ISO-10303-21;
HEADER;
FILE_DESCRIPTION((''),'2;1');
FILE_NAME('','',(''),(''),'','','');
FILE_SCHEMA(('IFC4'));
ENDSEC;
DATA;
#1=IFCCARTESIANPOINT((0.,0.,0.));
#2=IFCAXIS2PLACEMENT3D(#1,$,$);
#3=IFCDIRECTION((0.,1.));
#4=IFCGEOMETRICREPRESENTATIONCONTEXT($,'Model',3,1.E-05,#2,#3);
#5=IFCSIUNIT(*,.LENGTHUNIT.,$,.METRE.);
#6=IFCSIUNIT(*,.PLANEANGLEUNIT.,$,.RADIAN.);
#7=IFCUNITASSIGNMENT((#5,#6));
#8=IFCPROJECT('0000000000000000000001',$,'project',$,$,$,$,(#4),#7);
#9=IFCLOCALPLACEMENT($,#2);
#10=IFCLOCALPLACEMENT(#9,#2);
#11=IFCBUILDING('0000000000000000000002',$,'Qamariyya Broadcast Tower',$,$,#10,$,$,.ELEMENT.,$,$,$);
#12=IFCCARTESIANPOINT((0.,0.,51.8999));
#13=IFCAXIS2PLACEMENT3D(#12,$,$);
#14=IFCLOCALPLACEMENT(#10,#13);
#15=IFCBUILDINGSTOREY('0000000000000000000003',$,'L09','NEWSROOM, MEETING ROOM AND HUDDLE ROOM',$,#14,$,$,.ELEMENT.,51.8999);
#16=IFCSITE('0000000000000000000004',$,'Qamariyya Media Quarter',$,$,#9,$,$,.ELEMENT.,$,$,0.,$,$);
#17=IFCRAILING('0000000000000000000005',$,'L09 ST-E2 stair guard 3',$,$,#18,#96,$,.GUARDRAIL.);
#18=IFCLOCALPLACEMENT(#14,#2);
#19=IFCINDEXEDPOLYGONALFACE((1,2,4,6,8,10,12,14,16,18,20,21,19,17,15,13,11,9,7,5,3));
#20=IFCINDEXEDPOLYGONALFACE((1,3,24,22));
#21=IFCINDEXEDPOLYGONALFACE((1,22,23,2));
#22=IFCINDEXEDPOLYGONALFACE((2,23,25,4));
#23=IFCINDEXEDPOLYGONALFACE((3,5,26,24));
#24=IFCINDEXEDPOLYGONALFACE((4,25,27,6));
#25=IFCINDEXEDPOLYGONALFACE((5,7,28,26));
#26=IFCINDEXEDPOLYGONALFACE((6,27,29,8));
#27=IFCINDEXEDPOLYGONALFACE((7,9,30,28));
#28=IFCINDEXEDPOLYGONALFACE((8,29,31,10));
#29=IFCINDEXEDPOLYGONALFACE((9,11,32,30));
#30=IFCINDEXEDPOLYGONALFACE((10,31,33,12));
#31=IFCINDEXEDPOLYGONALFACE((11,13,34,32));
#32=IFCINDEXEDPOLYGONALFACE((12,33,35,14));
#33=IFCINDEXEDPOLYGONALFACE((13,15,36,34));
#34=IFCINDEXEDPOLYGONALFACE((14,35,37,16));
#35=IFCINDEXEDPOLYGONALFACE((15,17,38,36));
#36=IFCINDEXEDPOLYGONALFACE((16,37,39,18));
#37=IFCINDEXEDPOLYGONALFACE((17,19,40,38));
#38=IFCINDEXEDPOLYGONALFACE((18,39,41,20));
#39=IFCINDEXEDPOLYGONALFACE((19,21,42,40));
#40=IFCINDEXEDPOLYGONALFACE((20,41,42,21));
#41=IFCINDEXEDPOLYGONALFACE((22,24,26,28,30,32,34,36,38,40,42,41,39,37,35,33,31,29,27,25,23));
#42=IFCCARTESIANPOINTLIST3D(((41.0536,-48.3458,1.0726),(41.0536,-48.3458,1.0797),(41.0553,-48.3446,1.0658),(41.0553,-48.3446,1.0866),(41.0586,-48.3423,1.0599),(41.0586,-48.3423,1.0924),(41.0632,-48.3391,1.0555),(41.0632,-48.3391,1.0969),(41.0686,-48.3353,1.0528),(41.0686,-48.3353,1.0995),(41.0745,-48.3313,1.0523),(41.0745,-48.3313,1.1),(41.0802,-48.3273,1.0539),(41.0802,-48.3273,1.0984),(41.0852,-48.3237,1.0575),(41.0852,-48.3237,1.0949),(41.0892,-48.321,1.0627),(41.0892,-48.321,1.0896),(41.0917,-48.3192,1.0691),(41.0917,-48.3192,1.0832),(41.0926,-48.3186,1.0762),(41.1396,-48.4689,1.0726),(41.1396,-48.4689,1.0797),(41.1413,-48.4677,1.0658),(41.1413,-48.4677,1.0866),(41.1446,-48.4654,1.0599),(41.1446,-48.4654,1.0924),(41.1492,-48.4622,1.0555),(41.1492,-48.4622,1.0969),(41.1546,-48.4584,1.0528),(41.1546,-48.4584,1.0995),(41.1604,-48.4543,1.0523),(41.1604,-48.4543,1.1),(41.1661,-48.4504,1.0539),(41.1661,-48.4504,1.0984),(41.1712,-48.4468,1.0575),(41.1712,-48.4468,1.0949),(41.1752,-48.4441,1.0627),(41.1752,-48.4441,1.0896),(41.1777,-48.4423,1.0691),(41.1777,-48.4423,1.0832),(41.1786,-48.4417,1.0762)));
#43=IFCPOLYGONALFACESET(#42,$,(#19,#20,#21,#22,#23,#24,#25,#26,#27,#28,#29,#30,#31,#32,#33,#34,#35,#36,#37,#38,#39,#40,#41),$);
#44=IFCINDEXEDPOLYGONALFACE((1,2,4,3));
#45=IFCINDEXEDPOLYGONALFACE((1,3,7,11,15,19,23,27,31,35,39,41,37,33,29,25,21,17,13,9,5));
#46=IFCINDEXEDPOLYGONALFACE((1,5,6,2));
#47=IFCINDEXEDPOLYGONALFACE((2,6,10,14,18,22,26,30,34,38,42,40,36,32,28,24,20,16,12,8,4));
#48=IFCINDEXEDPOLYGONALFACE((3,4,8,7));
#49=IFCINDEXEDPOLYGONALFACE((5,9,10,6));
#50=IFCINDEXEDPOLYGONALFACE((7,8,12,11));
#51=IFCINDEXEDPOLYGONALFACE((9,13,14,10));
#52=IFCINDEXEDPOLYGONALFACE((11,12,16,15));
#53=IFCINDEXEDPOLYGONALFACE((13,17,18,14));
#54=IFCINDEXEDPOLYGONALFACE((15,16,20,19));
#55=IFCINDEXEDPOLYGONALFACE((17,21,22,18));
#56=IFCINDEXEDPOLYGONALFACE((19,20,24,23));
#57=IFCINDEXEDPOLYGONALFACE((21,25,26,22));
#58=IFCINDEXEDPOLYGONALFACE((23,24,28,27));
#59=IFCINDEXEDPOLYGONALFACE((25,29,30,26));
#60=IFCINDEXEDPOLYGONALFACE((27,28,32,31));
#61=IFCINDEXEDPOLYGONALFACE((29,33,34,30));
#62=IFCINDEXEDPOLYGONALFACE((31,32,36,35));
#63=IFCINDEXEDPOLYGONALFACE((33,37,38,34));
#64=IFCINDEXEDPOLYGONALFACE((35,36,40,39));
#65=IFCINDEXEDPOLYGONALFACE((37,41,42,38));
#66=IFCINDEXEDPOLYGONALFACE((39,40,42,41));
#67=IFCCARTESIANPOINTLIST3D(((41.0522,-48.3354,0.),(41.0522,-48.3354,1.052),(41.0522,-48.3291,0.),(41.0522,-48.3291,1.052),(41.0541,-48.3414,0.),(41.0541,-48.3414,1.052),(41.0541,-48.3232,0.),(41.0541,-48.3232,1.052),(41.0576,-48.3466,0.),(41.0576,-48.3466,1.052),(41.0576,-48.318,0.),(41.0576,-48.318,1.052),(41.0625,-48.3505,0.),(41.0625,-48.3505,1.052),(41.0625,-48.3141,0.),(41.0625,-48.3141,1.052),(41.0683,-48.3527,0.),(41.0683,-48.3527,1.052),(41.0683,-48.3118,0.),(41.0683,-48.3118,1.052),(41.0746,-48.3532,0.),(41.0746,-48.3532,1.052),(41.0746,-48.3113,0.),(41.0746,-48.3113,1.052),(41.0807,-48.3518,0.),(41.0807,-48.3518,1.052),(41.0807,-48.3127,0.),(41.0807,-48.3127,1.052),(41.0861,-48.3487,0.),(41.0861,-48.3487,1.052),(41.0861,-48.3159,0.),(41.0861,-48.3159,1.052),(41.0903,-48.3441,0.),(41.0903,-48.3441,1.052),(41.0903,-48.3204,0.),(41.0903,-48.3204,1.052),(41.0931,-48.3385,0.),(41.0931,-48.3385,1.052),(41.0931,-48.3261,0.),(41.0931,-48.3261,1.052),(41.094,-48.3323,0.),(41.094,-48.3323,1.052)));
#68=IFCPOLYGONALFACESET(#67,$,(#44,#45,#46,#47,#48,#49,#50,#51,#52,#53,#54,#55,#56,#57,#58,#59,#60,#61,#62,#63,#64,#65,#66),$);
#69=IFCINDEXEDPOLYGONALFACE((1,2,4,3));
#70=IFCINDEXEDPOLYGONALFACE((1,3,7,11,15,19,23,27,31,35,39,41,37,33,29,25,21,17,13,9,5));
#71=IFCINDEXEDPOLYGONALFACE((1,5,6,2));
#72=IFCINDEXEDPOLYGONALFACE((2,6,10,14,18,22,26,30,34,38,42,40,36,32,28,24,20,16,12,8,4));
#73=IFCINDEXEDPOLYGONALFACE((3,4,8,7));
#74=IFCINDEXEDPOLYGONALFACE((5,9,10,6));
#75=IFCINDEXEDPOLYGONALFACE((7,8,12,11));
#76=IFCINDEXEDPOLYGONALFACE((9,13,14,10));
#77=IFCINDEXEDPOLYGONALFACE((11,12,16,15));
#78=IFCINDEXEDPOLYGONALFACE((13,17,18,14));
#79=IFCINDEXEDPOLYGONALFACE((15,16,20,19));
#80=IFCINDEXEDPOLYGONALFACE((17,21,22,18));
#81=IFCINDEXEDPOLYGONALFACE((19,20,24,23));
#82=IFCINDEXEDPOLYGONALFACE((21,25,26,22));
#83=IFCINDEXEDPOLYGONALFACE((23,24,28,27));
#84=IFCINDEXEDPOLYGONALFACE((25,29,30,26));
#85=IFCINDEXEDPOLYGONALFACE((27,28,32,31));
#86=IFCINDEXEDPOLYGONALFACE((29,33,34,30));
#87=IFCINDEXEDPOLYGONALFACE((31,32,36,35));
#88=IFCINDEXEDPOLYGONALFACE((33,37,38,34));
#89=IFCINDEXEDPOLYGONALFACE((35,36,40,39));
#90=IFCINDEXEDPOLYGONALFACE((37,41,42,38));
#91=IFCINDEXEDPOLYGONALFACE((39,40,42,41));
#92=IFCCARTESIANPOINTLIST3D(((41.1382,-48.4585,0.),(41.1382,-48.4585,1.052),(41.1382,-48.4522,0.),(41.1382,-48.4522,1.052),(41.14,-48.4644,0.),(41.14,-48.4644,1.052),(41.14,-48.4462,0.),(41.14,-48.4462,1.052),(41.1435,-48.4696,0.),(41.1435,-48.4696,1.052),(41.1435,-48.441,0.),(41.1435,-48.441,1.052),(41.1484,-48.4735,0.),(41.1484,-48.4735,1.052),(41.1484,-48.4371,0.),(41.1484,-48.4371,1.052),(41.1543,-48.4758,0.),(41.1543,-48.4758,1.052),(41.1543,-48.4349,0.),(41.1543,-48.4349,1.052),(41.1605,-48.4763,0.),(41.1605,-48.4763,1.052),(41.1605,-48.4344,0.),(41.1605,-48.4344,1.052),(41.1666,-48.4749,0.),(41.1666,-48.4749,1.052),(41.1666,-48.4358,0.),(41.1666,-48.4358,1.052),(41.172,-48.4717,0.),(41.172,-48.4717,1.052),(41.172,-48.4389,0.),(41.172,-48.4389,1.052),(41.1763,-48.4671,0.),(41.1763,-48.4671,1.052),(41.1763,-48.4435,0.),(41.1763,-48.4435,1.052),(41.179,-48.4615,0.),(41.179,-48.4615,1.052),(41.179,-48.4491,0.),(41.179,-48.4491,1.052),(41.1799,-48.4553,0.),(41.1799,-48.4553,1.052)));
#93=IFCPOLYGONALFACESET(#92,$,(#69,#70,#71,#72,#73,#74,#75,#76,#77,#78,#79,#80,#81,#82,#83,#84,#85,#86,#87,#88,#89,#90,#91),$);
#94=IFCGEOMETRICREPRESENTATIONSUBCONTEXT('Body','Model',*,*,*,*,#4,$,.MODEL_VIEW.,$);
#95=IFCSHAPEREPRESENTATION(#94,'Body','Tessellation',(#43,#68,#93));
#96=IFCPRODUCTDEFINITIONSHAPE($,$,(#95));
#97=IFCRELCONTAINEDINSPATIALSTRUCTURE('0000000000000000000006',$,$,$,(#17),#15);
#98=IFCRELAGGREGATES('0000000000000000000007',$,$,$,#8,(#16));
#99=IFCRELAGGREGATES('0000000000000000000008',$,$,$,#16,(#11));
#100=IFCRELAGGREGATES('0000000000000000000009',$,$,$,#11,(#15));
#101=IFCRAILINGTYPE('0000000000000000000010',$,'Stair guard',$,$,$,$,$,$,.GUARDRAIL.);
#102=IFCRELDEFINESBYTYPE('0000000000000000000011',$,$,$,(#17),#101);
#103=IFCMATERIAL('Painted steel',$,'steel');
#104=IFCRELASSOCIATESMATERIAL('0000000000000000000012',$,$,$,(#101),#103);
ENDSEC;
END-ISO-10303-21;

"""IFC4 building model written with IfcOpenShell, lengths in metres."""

from ifc_helpers import new_model, si_unit, direction, frame, origin, origin_2d, place, context, subcontext, project, spatial, circle, extrude, material, type_object, element, save


model = new_model("IFC4")

# Units and contexts
model_context = context("Model", 3, precision=1e-05, world=origin(), true_north=direction((0.0, 1.0)))
body_context = subcontext(model_context, "Body", "Model", "MODEL_VIEW")
ifc_project = project(units=[si_unit("LENGTHUNIT", "METRE"), si_unit("PLANEANGLEUNIT", "RADIAN")], contexts=[model_context])

# Site, building, storey
site_placement = place(None, origin())
site = spatial("IfcSite", under=ifc_project, at=site_placement, Name="Qamariyya Media Quarter", CompositionType="ELEMENT", RefElevation=0.0)
building_placement = place(site_placement, origin())
building = spatial("IfcBuilding", under=site, at=building_placement, Name="Qamariyya Broadcast Tower", CompositionType="ELEMENT")
storey_placement = place(building_placement, frame((0.0, 0.0, 51.8999)))
storey = spatial("IfcBuildingStorey", under=building, at=storey_placement, Name="L09", Description="NEWSROOM, MEETING ROOM AND HUDDLE ROOM", CompositionType="ELEMENT", Elevation=51.8999)

# Railing
ifc_material_1 = material(Name="Painted steel", Category="steel")
railing_type_1 = type_object("IfcRailingType", Name="Stair guard", PredefinedType="GUARDRAIL", material=ifc_material_1)
railing_1_placement = place(storey_placement, frame((41.073, -48.3323, 0.0)))
element("IfcRailing", 1, at=railing_1_placement, inside=storey, type_object=railing_type_1, Name="L09 ST-E2 stair guard 3", PredefinedType="GUARDRAIL", context=body_context, shape_type="SweptSolid", body=[
    extrude(circle(Radius=0.0239, at=origin_2d()), frame((0.0, 0.0, 1.0762), z_axis=(0.572589, -0.819843, 0.0), x_axis=(0.819843, 0.572589, 0.0)), (0.0, 0.0, 1.0), 0.1501),
    extrude(circle(Radius=0.021, at=origin_2d()), origin(), (0.0, 0.0, 1.0), 1.052),
    extrude(circle(Radius=0.021, at=origin_2d()), frame((0.0859, -0.123, 0.0)), (0.0, 0.0, 1.0), 1.052),
])

save(model, "model.ifc")
